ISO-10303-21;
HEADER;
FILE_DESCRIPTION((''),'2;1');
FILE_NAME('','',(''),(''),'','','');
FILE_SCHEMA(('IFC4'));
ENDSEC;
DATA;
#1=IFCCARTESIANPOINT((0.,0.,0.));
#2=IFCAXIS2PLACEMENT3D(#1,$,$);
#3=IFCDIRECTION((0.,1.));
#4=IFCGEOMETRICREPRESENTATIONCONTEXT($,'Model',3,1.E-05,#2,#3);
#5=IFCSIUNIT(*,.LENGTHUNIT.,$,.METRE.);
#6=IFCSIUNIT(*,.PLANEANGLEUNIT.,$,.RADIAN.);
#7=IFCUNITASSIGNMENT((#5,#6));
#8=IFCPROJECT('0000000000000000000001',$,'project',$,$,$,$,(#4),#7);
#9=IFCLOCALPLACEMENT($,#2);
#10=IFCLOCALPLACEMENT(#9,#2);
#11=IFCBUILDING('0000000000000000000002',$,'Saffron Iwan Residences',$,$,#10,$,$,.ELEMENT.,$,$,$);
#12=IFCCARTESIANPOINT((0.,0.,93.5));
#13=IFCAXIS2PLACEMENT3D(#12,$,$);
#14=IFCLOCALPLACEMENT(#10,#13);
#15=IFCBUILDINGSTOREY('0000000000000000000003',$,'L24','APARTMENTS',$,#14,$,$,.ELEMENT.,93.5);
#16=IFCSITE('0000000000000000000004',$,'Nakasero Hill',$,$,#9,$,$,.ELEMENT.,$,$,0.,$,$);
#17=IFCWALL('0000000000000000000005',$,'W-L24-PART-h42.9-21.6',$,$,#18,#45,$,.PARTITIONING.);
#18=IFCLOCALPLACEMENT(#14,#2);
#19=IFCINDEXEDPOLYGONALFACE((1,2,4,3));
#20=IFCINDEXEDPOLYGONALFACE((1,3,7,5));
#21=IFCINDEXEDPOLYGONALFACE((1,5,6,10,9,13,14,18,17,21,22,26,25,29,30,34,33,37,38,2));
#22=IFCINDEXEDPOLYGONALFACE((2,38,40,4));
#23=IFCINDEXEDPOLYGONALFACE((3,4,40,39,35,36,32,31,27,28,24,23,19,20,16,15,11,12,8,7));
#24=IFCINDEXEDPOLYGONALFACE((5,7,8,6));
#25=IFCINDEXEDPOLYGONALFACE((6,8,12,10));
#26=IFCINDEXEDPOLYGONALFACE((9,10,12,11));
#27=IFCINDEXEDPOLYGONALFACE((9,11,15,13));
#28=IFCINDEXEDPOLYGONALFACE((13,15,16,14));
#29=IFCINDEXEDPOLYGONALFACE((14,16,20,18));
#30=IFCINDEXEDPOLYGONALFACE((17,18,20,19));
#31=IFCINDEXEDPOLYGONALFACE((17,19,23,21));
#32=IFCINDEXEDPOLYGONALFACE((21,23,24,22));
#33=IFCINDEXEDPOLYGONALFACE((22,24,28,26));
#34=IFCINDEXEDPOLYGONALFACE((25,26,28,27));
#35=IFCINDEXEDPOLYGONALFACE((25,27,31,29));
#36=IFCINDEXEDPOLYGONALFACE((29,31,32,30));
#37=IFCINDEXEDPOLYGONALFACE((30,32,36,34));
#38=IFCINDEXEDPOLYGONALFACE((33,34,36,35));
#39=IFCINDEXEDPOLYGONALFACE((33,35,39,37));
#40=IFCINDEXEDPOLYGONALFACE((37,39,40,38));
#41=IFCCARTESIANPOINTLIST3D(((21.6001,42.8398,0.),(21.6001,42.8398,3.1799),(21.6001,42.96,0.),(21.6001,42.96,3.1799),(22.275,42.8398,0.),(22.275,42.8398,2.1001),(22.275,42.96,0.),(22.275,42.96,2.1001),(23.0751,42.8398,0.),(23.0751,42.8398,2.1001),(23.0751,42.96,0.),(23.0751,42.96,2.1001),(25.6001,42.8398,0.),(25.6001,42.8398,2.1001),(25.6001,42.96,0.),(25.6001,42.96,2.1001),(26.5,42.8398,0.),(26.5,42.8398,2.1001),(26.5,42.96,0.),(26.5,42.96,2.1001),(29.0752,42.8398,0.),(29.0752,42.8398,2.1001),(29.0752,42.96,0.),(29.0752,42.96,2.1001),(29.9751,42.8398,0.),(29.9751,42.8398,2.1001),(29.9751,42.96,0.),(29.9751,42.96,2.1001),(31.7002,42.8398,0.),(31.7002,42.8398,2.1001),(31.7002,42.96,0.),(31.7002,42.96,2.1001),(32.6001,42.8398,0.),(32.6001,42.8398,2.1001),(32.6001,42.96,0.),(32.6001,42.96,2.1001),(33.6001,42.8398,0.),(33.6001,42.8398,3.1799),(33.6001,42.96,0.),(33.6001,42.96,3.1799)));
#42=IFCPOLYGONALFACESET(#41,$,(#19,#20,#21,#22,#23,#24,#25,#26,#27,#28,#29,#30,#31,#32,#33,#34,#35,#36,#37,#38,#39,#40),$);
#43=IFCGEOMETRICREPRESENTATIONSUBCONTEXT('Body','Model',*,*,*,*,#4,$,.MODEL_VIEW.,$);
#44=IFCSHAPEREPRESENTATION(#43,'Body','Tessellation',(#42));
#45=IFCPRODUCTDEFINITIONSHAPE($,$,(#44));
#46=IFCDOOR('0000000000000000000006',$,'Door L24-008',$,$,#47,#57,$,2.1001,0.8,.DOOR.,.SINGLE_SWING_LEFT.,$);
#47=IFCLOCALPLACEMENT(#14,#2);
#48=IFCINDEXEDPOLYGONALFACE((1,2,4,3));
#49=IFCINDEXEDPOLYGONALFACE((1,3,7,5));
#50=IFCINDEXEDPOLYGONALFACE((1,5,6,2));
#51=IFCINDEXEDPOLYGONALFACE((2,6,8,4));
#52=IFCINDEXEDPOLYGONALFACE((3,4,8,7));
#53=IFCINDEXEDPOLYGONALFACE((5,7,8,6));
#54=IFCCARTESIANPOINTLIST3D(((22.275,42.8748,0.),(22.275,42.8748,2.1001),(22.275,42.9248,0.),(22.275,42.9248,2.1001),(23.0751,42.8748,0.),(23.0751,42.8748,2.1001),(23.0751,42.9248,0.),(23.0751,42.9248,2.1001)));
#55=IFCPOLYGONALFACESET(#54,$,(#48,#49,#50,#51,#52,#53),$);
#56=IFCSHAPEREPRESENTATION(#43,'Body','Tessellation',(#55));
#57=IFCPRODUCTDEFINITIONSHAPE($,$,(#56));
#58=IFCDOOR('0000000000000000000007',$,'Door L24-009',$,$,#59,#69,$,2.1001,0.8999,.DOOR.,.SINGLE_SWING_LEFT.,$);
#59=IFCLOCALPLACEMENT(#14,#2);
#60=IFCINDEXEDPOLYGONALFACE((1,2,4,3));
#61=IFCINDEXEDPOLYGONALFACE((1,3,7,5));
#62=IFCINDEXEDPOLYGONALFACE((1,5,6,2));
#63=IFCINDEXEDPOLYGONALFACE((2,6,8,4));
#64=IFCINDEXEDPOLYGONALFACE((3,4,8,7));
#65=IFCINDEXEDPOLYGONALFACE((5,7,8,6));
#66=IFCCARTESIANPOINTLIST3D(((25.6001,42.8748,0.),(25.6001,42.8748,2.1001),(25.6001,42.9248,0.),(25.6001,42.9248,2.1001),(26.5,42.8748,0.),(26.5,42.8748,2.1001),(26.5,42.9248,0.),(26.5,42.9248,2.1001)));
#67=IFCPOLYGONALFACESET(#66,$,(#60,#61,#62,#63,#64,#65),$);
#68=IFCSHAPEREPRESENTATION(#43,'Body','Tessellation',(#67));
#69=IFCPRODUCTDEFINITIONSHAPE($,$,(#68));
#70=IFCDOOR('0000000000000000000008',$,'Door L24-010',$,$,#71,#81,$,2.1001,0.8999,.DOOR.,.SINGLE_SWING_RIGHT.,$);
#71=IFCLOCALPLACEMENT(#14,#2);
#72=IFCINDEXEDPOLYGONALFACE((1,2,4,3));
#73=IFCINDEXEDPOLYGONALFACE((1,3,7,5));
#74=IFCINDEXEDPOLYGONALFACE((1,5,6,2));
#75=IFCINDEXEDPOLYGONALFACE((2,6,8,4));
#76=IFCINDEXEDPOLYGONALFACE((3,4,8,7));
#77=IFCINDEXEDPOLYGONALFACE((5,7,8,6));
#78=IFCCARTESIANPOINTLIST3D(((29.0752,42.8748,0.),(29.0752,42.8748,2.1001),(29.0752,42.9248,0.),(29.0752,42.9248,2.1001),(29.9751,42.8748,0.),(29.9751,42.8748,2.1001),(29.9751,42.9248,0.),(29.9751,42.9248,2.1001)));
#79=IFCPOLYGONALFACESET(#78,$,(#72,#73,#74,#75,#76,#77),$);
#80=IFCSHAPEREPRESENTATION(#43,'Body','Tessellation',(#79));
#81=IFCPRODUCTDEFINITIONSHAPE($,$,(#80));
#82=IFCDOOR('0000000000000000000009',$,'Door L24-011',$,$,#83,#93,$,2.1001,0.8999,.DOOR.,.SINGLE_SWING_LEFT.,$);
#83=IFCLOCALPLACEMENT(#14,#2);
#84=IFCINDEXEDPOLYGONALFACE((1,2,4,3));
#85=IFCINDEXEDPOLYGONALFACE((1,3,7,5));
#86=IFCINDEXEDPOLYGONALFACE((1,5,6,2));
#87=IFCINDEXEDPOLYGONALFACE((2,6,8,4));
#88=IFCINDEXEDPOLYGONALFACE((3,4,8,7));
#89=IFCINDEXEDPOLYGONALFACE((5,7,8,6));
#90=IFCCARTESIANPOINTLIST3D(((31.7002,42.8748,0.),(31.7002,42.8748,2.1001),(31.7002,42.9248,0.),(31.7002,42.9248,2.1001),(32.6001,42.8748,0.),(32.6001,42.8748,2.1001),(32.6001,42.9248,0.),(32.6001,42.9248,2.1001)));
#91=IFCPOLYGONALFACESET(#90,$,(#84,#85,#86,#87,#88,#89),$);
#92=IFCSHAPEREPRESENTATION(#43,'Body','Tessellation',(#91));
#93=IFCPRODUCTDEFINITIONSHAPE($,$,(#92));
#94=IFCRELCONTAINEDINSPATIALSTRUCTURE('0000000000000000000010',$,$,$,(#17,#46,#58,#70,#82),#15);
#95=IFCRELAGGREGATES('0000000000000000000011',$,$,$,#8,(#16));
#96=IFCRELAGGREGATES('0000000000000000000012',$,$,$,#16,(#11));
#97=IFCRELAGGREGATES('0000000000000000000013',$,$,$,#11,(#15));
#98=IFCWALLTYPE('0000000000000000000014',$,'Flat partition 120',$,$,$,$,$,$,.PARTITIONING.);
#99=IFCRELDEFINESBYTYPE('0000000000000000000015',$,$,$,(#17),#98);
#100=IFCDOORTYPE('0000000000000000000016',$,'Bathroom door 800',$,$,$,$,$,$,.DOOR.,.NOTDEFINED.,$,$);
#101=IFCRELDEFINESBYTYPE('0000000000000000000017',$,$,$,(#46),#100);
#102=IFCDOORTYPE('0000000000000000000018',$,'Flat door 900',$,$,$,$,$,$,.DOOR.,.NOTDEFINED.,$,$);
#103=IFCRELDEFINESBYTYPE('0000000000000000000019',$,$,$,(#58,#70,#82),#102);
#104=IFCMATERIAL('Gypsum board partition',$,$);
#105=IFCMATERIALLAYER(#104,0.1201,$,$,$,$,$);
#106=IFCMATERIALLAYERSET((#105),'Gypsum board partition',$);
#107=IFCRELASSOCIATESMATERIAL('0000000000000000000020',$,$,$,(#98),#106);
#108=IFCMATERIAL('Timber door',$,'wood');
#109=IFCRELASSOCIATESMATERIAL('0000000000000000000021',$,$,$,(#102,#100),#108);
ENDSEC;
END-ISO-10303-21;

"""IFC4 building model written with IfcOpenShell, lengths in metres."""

from ifc_helpers import new_model, si_unit, direction, frame, frame_2d, origin, place, context, subcontext, project, spatial, rectangle, extrude, material, layer, layer_set, type_object, element, fill, save


model = new_model("IFC4")

# Units and contexts
model_context = context("Model", 3, precision=1e-05, world=origin(), true_north=direction((0.0, 1.0)))
body_context = subcontext(model_context, "Body", "Model", "MODEL_VIEW")
ifc_project = project(units=[si_unit("LENGTHUNIT", "METRE"), si_unit("PLANEANGLEUNIT", "RADIAN")], contexts=[model_context])

# Site, building, storey
site_placement = place(None, origin())
site = spatial("IfcSite", under=ifc_project, at=site_placement, Name="Nakasero Hill", CompositionType="ELEMENT", RefElevation=0.0)
building_placement = place(site_placement, origin())
building = spatial("IfcBuilding", under=site, at=building_placement, Name="Saffron Iwan Residences", CompositionType="ELEMENT")
storey_placement = place(building_placement, frame((0.0, 0.0, 93.5)))
storey = spatial("IfcBuildingStorey", under=building, at=storey_placement, Name="L24", Description="APARTMENTS", CompositionType="ELEMENT", Elevation=93.5)

# Shared definitions
ifc_material_1 = material(Name="Gypsum board partition")
ifc_layer_1 = layer(ifc_material_1, 0.1201)
ifc_layer_set_1 = layer_set([ifc_layer_1], Name="Gypsum board partition")
wall_type_1 = type_object("IfcWallType", Name="Flat partition 120", PredefinedType="PARTITIONING", material=ifc_layer_set_1)

# Shared definitions
ifc_material_2 = material(Name="Timber door", Category="wood")
door_type_1 = type_object("IfcDoorType", Name="Flat door 900", OperationType="NOTDEFINED", PredefinedType="DOOR", material=ifc_material_2)

# Wall, openings, doors
wall_1_placement = place(storey_placement, frame((21.6001, 42.8999, 0.0), z_axis=(0.0, 0.0, 1.0), x_axis=(1.0, 0.0, 0.0)))
wall_1 = element("IfcWall", 1, at=wall_1_placement, inside=storey, type_object=wall_type_1, Name="W-L24-PART-h42.9-21.6", PredefinedType="PARTITIONING", context=body_context, shape_type="SweptSolid", body=[
    extrude(rectangle(XDim=12.0, YDim=0.1201, at=frame_2d((6.0, 0.0))), origin(), (0.0, 0.0, 1.0), 3.1799),
])
opening_1_placement = place(wall_1_placement, frame((0.675, 0.0, 0.0)))
opening_1 = element("IfcOpeningElement", 2, at=opening_1_placement, cuts=wall_1, PredefinedType="OPENING", context=body_context, shape_type="SweptSolid", body=[
    extrude(rectangle(XDim=0.8, YDim=2.1001, at=frame_2d((0.3999, 1.05))), frame((0.0, 0.0701, 0.0), z_axis=(0.0, -1.0, 0.0), x_axis=(1.0, 0.0, 0.0)), (0.0, 0.0, 1.0), 0.1401),
])
opening_2_placement = place(wall_1_placement, frame((4.0, 0.0, 0.0)))
opening_2 = element("IfcOpeningElement", 3, at=opening_2_placement, cuts=wall_1, PredefinedType="OPENING", context=body_context, shape_type="SweptSolid", body=[
    extrude(rectangle(XDim=0.8999, YDim=2.1001, at=frame_2d((0.45, 1.05))), frame((0.0, 0.0701, 0.0), z_axis=(0.0, -1.0, 0.0), x_axis=(1.0, 0.0, 0.0)), (0.0, 0.0, 1.0), 0.1401),
])
opening_3_placement = place(wall_1_placement, frame((7.4751, 0.0, 0.0)))
opening_3 = element("IfcOpeningElement", 4, at=opening_3_placement, cuts=wall_1, PredefinedType="OPENING", context=body_context, shape_type="SweptSolid", body=[
    extrude(rectangle(XDim=0.8999, YDim=2.1001, at=frame_2d((0.45, 1.05))), frame((0.0, 0.0701, 0.0), z_axis=(0.0, -1.0, 0.0), x_axis=(1.0, 0.0, 0.0)), (0.0, 0.0, 1.0), 0.1401),
])
opening_4_placement = place(wall_1_placement, frame((10.1001, 0.0, 0.0)))
opening_4 = element("IfcOpeningElement", 5, at=opening_4_placement, cuts=wall_1, PredefinedType="OPENING", context=body_context, shape_type="SweptSolid", body=[
    extrude(rectangle(XDim=0.8999, YDim=2.1001, at=frame_2d((0.45, 1.05))), frame((0.0, 0.0701, 0.0), z_axis=(0.0, -1.0, 0.0), x_axis=(1.0, 0.0, 0.0)), (0.0, 0.0, 1.0), 0.1401),
])
door_type_2 = type_object("IfcDoorType", Name="Bathroom door 800", OperationType="NOTDEFINED", PredefinedType="DOOR", material=ifc_material_2)
door_1_placement = place(opening_1_placement, origin())
door_1 = element("IfcDoor", 6, at=door_1_placement, inside=storey, type_object=door_type_2, Name="Door L24-008", OperationType="SINGLE_SWING_LEFT", OverallHeight=2.1001, OverallWidth=0.8, PredefinedType="DOOR", context=body_context, shape_type="SweptSolid", body=[
    extrude(rectangle(XDim=0.8, YDim=2.1001, at=frame_2d((0.3999, 1.05))), frame((0.0, 0.0249, 0.0), z_axis=(0.0, -1.0, 0.0), x_axis=(1.0, 0.0, 0.0)), (0.0, 0.0, 1.0), 0.05),
])
fill(opening_1, door_1)
door_2_placement = place(opening_2_placement, origin())
door_2 = element("IfcDoor", 7, at=door_2_placement, inside=storey, type_object=door_type_1, Name="Door L24-009", OperationType="SINGLE_SWING_LEFT", OverallHeight=2.1001, OverallWidth=0.8999, PredefinedType="DOOR", context=body_context, shape_type="SweptSolid", body=[
    extrude(rectangle(XDim=0.8999, YDim=2.1001, at=frame_2d((0.45, 1.05))), frame((0.0, 0.0249, 0.0), z_axis=(0.0, -1.0, 0.0), x_axis=(1.0, 0.0, 0.0)), (0.0, 0.0, 1.0), 0.05),
])
fill(opening_2, door_2)
door_3_placement = place(opening_3_placement, origin())
door_3 = element("IfcDoor", 8, at=door_3_placement, inside=storey, type_object=door_type_1, Name="Door L24-010", OperationType="SINGLE_SWING_RIGHT", OverallHeight=2.1001, OverallWidth=0.8999, PredefinedType="DOOR", context=body_context, shape_type="SweptSolid", body=[
    extrude(rectangle(XDim=0.8999, YDim=2.1001, at=frame_2d((0.45, 1.05))), frame((0.0, 0.0249, 0.0), z_axis=(0.0, -1.0, 0.0), x_axis=(1.0, 0.0, 0.0)), (0.0, 0.0, 1.0), 0.05),
])
fill(opening_3, door_3)
door_4_placement = place(opening_4_placement, origin())
door_4 = element("IfcDoor", 9, at=door_4_placement, inside=storey, type_object=door_type_1, Name="Door L24-011", OperationType="SINGLE_SWING_LEFT", OverallHeight=2.1001, OverallWidth=0.8999, PredefinedType="DOOR", context=body_context, shape_type="SweptSolid", body=[
    extrude(rectangle(XDim=0.8999, YDim=2.1001, at=frame_2d((0.45, 1.05))), frame((0.0, 0.0249, 0.0), z_axis=(0.0, -1.0, 0.0), x_axis=(1.0, 0.0, 0.0)), (0.0, 0.0, 1.0), 0.05),
])
fill(opening_4, door_4)

save(model, "model.ifc")
